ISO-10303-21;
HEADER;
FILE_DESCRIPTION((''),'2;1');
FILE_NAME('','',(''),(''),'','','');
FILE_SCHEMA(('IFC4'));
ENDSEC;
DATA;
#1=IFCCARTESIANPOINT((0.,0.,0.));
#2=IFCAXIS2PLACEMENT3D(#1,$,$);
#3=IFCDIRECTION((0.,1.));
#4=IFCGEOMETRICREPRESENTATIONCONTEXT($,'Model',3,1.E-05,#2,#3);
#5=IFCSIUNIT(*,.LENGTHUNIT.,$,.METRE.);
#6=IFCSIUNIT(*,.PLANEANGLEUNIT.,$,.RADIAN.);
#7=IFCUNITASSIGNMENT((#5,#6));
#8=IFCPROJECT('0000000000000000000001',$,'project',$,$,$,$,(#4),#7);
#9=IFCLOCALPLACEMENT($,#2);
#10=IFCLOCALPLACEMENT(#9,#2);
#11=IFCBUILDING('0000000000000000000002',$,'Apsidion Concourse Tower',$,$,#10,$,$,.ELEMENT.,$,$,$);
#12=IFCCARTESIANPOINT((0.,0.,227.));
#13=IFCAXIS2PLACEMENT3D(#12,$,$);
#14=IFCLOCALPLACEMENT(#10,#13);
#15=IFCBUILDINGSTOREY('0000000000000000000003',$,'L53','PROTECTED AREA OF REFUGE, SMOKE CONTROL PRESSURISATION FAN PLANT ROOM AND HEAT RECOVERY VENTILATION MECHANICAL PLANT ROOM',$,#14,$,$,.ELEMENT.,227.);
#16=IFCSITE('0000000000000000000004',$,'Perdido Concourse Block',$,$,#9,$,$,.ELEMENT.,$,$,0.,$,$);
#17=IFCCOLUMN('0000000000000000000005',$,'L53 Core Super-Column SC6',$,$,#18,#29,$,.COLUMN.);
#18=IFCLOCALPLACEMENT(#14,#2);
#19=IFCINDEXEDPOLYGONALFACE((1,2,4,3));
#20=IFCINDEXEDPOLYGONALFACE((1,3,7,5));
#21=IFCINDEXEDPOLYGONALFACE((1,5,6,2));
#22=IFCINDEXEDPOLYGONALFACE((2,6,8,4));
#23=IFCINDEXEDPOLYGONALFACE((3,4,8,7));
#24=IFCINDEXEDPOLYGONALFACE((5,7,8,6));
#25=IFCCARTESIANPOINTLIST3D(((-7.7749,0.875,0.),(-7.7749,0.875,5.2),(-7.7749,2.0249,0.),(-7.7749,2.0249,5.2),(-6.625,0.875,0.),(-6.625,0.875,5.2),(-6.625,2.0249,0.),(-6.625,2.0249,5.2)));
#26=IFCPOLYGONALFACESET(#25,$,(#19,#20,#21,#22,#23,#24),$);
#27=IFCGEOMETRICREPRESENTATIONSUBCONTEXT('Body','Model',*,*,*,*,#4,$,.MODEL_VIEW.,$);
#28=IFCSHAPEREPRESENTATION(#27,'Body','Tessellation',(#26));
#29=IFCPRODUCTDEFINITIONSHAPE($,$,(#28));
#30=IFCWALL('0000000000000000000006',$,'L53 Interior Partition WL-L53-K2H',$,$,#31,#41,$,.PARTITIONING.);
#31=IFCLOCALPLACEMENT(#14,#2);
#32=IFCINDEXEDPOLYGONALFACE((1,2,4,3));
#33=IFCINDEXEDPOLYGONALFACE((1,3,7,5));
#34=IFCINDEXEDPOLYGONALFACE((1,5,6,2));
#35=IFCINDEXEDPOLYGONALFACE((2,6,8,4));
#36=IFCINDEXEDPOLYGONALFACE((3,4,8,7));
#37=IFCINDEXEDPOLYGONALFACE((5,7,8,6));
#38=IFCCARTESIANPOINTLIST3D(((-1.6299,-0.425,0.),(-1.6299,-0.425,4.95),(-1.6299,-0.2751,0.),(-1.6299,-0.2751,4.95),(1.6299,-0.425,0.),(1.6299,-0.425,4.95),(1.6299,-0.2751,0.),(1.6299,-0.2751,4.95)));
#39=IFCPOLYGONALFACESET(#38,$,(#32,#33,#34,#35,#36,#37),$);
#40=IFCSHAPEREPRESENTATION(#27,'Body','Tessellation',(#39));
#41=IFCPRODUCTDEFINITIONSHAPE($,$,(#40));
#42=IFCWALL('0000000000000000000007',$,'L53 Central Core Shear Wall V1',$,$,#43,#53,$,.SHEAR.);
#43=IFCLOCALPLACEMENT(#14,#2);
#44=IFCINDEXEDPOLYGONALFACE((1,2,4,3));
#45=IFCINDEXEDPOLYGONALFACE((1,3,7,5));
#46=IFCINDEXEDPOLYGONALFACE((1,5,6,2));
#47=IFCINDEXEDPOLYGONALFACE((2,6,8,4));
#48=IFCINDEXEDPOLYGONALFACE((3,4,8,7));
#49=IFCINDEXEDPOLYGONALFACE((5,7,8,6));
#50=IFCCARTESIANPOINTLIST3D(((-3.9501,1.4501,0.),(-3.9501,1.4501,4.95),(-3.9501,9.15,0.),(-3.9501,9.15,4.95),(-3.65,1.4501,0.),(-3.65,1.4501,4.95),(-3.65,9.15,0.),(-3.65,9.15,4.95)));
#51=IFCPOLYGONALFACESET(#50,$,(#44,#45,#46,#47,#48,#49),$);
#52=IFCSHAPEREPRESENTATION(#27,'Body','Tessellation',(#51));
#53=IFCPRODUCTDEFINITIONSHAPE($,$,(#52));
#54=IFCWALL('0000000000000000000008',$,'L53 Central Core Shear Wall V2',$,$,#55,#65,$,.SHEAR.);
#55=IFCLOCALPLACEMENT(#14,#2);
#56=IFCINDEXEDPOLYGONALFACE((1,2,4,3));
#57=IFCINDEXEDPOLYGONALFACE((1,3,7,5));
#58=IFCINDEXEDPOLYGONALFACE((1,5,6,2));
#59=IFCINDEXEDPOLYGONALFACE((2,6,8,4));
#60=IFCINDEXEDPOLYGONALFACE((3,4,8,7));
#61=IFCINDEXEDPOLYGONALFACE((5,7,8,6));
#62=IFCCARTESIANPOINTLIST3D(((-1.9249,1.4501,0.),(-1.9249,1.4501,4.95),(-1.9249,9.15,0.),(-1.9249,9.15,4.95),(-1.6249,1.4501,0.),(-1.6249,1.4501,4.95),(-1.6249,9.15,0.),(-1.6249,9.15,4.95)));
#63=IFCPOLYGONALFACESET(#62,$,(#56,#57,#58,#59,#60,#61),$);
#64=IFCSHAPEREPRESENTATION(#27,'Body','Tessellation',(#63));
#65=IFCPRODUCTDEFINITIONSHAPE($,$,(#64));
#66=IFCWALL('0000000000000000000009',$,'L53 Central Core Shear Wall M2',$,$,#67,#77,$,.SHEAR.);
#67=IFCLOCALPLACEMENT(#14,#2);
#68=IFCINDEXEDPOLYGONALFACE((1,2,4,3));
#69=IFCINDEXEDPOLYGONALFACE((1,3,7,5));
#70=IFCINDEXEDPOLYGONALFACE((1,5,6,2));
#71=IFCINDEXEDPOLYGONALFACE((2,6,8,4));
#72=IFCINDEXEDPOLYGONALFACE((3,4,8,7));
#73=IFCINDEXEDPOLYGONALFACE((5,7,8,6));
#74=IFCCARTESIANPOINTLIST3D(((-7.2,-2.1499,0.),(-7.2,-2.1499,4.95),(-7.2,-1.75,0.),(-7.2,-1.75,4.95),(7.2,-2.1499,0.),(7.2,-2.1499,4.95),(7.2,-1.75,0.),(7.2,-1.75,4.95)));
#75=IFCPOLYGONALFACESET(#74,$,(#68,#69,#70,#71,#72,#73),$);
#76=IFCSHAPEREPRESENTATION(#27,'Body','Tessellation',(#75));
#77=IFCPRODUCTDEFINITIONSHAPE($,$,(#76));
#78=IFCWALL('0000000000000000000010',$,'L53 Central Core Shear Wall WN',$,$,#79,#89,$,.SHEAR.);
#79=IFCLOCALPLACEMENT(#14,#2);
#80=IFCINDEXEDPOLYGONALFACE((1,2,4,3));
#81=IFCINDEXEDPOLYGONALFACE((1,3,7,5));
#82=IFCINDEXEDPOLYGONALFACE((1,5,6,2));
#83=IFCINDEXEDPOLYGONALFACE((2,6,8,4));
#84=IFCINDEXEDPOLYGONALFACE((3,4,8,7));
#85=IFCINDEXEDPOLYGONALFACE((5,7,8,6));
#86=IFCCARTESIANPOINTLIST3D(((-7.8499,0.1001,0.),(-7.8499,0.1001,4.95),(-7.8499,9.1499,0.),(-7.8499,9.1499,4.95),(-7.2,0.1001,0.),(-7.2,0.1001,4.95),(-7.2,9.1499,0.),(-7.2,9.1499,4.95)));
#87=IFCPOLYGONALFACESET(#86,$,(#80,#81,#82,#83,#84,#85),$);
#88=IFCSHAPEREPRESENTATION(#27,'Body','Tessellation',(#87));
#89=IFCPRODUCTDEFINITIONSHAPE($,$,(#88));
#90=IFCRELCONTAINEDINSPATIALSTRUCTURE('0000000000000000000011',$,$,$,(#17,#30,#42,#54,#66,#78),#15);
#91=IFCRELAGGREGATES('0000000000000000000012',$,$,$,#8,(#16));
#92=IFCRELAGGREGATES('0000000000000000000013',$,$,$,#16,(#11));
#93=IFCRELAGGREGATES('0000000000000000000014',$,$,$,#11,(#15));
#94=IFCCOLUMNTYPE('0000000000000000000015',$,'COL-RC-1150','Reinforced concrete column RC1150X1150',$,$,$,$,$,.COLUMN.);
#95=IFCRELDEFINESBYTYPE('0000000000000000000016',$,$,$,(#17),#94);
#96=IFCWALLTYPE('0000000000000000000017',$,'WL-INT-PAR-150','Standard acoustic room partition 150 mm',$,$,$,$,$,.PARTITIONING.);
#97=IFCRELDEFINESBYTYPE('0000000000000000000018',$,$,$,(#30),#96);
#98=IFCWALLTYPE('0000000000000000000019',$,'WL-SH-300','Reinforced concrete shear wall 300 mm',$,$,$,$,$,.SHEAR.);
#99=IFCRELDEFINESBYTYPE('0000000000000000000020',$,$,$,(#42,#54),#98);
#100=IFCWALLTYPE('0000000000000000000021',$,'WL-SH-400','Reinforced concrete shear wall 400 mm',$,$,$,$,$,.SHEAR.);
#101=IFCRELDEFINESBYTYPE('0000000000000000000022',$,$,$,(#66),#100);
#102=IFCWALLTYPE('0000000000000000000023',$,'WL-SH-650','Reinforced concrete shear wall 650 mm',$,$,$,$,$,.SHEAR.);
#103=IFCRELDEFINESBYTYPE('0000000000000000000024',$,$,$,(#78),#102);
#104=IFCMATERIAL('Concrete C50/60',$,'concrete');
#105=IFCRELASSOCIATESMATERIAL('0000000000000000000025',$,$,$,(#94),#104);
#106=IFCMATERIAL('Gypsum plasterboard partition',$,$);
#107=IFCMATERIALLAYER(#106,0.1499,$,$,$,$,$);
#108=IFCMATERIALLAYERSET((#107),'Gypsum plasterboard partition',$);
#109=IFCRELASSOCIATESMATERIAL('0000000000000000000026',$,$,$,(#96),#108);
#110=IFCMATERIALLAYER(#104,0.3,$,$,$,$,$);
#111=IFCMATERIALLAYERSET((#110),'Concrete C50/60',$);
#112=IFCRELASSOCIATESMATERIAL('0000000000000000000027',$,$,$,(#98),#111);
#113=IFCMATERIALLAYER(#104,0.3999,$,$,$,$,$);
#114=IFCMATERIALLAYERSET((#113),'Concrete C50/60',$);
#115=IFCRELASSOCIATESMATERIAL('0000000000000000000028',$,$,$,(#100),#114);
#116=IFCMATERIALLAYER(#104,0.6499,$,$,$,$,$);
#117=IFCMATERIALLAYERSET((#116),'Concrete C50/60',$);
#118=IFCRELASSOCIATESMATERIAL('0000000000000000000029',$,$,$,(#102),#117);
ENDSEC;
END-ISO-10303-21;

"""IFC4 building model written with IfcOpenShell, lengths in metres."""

from ifc_helpers import new_model, si_unit, direction, frame, frame_2d, origin, origin_2d, place, context, subcontext, project, spatial, rectangle, extrude, material, layer, layer_set, material_profile, profile_set, type_object, element, save


model = new_model("IFC4")

# Units and contexts
model_context = context("Model", 3, precision=1e-05, world=origin(), true_north=direction((0.0, 1.0)))
body_context = subcontext(model_context, "Body", "Model", "MODEL_VIEW")
ifc_project = project(units=[si_unit("LENGTHUNIT", "METRE"), si_unit("PLANEANGLEUNIT", "RADIAN")], contexts=[model_context])

# Site, building, storey
site_placement = place(None, origin())
site = spatial("IfcSite", under=ifc_project, at=site_placement, Name="Perdido Concourse Block", CompositionType="ELEMENT", RefElevation=0.0)
building_placement = place(site_placement, origin())
building = spatial("IfcBuilding", under=site, at=building_placement, Name="Apsidion Concourse Tower", CompositionType="ELEMENT")
storey_placement = place(building_placement, frame((0.0, 0.0, 227.0)))
storey = spatial("IfcBuildingStorey", under=building, at=storey_placement, Name="L53", Description="PROTECTED AREA OF REFUGE, SMOKE CONTROL PRESSURISATION FAN PLANT ROOM AND HEAT RECOVERY VENTILATION MECHANICAL PLANT ROOM", CompositionType="ELEMENT", Elevation=227.0)

# Column
ifc_material_1 = material(Name="Concrete C50/60", Category="concrete")
ifc_material_profile = material_profile(ifc_material_1, rectangle(XDim=1.1499, YDim=1.1499, at=origin_2d()), Name="RC 1150x1150")
ifc_profile_set = profile_set([ifc_material_profile], Name="Concrete C50/60")
column_type = type_object("IfcColumnType", Name="COL-RC-1150", Description="Reinforced concrete column RC1150X1150", PredefinedType="COLUMN", material=ifc_profile_set)
column_placement = place(storey_placement, frame((-7.2, 1.45, 0.0), z_axis=(0.0, 0.0, 1.0), x_axis=(1.0, 0.0, 0.0)))
element("IfcColumn", 1, at=column_placement, inside=storey, type_object=column_type, Name="L53 Core Super-Column SC6", PredefinedType="COLUMN", context=body_context, shape_type="SweptSolid", body=[
    extrude(rectangle(XDim=1.1499, YDim=1.1499, at=origin_2d()), origin(), (0.0, 0.0, 1.0), 5.2),
])

# Wall
ifc_material_2 = material(Name="Gypsum plasterboard partition")
ifc_layer_1 = layer(ifc_material_2, 0.1499)
ifc_layer_set_1 = layer_set([ifc_layer_1], Name="Gypsum plasterboard partition")
wall_type_1 = type_object("IfcWallType", Name="WL-INT-PAR-150", Description="Standard acoustic room partition 150 mm", PredefinedType="PARTITIONING", material=ifc_layer_set_1)
wall_1_placement = place(storey_placement, frame((-1.6299, -0.3501, 0.0), z_axis=(0.0, 0.0, 1.0), x_axis=(1.0, 0.0, 0.0)))
element("IfcWall", 2, at=wall_1_placement, inside=storey, type_object=wall_type_1, Name="L53 Interior Partition WL-L53-K2H", PredefinedType="PARTITIONING", context=body_context, shape_type="SweptSolid", body=[
    extrude(rectangle(XDim=3.2598, YDim=0.1499, at=frame_2d((1.6299, 0.0))), origin(), (0.0, 0.0, 1.0), 4.95),
])

# Walls
ifc_layer_2 = layer(ifc_material_1, 0.3)
ifc_layer_set_2 = layer_set([ifc_layer_2], Name="Concrete C50/60")
wall_type_2 = type_object("IfcWallType", Name="WL-SH-300", Description="Reinforced concrete shear wall 300 mm", PredefinedType="SHEAR", material=ifc_layer_set_2)
for number, where, z_axis, x_axis, name in (
    (3, (-3.8, 1.45, 0.0), (0.0, 0.0, 1.0), (0.0, 1.0, 0.0), "L53 Central Core Shear Wall V1"),
    (4, (-1.7749, 1.45, 0.0), (0.0, 0.0, 1.0), (0.0, 1.0, 0.0), "L53 Central Core Shear Wall V2"),
):
    element("IfcWall", number, at=place(storey_placement, frame(where, z_axis=z_axis, x_axis=x_axis)), inside=storey, type_object=wall_type_2, Name=name, PredefinedType="SHEAR", context=body_context, shape_type="SweptSolid", body=[
        extrude(rectangle(XDim=7.7, YDim=0.3, at=frame_2d((3.8501, 0.0))), origin(), (0.0, 0.0, 1.0), 4.95),
    ])

# Shared definitions
ifc_layer_3 = layer(ifc_material_1, 0.3999)
ifc_layer_set_3 = layer_set([ifc_layer_3], Name="Concrete C50/60")
wall_type_3 = type_object("IfcWallType", Name="WL-SH-400", Description="Reinforced concrete shear wall 400 mm", PredefinedType="SHEAR", material=ifc_layer_set_3)

# Walls
wall_2_placement = place(storey_placement, frame((-7.2, -1.95, 0.0), z_axis=(0.0, 0.0, 1.0), x_axis=(1.0, 0.0, 0.0)))
element("IfcWall", 5, at=wall_2_placement, inside=storey, type_object=wall_type_3, Name="L53 Central Core Shear Wall M2", PredefinedType="SHEAR", context=body_context, shape_type="SweptSolid", body=[
    extrude(rectangle(XDim=14.3999, YDim=0.3999, at=frame_2d((7.2, 0.0))), origin(), (0.0, 0.0, 1.0), 4.95),
])
ifc_layer_4 = layer(ifc_material_1, 0.6499)
ifc_layer_set_4 = layer_set([ifc_layer_4], Name="Concrete C50/60")
wall_type_4 = type_object("IfcWallType", Name="WL-SH-650", Description="Reinforced concrete shear wall 650 mm", PredefinedType="SHEAR", material=ifc_layer_set_4)
wall_3_placement = place(storey_placement, frame((-7.5249, 0.1001, 0.0), z_axis=(0.0, 0.0, 1.0), x_axis=(0.0, 1.0, 0.0)))
element("IfcWall", 6, at=wall_3_placement, inside=storey, type_object=wall_type_4, Name="L53 Central Core Shear Wall WN", PredefinedType="SHEAR", context=body_context, shape_type="SweptSolid", body=[
    extrude(rectangle(XDim=9.0498, YDim=0.6499, at=frame_2d((4.5249, 0.0))), origin(), (0.0, 0.0, 1.0), 4.95),
])

save(model, "model.ifc")
